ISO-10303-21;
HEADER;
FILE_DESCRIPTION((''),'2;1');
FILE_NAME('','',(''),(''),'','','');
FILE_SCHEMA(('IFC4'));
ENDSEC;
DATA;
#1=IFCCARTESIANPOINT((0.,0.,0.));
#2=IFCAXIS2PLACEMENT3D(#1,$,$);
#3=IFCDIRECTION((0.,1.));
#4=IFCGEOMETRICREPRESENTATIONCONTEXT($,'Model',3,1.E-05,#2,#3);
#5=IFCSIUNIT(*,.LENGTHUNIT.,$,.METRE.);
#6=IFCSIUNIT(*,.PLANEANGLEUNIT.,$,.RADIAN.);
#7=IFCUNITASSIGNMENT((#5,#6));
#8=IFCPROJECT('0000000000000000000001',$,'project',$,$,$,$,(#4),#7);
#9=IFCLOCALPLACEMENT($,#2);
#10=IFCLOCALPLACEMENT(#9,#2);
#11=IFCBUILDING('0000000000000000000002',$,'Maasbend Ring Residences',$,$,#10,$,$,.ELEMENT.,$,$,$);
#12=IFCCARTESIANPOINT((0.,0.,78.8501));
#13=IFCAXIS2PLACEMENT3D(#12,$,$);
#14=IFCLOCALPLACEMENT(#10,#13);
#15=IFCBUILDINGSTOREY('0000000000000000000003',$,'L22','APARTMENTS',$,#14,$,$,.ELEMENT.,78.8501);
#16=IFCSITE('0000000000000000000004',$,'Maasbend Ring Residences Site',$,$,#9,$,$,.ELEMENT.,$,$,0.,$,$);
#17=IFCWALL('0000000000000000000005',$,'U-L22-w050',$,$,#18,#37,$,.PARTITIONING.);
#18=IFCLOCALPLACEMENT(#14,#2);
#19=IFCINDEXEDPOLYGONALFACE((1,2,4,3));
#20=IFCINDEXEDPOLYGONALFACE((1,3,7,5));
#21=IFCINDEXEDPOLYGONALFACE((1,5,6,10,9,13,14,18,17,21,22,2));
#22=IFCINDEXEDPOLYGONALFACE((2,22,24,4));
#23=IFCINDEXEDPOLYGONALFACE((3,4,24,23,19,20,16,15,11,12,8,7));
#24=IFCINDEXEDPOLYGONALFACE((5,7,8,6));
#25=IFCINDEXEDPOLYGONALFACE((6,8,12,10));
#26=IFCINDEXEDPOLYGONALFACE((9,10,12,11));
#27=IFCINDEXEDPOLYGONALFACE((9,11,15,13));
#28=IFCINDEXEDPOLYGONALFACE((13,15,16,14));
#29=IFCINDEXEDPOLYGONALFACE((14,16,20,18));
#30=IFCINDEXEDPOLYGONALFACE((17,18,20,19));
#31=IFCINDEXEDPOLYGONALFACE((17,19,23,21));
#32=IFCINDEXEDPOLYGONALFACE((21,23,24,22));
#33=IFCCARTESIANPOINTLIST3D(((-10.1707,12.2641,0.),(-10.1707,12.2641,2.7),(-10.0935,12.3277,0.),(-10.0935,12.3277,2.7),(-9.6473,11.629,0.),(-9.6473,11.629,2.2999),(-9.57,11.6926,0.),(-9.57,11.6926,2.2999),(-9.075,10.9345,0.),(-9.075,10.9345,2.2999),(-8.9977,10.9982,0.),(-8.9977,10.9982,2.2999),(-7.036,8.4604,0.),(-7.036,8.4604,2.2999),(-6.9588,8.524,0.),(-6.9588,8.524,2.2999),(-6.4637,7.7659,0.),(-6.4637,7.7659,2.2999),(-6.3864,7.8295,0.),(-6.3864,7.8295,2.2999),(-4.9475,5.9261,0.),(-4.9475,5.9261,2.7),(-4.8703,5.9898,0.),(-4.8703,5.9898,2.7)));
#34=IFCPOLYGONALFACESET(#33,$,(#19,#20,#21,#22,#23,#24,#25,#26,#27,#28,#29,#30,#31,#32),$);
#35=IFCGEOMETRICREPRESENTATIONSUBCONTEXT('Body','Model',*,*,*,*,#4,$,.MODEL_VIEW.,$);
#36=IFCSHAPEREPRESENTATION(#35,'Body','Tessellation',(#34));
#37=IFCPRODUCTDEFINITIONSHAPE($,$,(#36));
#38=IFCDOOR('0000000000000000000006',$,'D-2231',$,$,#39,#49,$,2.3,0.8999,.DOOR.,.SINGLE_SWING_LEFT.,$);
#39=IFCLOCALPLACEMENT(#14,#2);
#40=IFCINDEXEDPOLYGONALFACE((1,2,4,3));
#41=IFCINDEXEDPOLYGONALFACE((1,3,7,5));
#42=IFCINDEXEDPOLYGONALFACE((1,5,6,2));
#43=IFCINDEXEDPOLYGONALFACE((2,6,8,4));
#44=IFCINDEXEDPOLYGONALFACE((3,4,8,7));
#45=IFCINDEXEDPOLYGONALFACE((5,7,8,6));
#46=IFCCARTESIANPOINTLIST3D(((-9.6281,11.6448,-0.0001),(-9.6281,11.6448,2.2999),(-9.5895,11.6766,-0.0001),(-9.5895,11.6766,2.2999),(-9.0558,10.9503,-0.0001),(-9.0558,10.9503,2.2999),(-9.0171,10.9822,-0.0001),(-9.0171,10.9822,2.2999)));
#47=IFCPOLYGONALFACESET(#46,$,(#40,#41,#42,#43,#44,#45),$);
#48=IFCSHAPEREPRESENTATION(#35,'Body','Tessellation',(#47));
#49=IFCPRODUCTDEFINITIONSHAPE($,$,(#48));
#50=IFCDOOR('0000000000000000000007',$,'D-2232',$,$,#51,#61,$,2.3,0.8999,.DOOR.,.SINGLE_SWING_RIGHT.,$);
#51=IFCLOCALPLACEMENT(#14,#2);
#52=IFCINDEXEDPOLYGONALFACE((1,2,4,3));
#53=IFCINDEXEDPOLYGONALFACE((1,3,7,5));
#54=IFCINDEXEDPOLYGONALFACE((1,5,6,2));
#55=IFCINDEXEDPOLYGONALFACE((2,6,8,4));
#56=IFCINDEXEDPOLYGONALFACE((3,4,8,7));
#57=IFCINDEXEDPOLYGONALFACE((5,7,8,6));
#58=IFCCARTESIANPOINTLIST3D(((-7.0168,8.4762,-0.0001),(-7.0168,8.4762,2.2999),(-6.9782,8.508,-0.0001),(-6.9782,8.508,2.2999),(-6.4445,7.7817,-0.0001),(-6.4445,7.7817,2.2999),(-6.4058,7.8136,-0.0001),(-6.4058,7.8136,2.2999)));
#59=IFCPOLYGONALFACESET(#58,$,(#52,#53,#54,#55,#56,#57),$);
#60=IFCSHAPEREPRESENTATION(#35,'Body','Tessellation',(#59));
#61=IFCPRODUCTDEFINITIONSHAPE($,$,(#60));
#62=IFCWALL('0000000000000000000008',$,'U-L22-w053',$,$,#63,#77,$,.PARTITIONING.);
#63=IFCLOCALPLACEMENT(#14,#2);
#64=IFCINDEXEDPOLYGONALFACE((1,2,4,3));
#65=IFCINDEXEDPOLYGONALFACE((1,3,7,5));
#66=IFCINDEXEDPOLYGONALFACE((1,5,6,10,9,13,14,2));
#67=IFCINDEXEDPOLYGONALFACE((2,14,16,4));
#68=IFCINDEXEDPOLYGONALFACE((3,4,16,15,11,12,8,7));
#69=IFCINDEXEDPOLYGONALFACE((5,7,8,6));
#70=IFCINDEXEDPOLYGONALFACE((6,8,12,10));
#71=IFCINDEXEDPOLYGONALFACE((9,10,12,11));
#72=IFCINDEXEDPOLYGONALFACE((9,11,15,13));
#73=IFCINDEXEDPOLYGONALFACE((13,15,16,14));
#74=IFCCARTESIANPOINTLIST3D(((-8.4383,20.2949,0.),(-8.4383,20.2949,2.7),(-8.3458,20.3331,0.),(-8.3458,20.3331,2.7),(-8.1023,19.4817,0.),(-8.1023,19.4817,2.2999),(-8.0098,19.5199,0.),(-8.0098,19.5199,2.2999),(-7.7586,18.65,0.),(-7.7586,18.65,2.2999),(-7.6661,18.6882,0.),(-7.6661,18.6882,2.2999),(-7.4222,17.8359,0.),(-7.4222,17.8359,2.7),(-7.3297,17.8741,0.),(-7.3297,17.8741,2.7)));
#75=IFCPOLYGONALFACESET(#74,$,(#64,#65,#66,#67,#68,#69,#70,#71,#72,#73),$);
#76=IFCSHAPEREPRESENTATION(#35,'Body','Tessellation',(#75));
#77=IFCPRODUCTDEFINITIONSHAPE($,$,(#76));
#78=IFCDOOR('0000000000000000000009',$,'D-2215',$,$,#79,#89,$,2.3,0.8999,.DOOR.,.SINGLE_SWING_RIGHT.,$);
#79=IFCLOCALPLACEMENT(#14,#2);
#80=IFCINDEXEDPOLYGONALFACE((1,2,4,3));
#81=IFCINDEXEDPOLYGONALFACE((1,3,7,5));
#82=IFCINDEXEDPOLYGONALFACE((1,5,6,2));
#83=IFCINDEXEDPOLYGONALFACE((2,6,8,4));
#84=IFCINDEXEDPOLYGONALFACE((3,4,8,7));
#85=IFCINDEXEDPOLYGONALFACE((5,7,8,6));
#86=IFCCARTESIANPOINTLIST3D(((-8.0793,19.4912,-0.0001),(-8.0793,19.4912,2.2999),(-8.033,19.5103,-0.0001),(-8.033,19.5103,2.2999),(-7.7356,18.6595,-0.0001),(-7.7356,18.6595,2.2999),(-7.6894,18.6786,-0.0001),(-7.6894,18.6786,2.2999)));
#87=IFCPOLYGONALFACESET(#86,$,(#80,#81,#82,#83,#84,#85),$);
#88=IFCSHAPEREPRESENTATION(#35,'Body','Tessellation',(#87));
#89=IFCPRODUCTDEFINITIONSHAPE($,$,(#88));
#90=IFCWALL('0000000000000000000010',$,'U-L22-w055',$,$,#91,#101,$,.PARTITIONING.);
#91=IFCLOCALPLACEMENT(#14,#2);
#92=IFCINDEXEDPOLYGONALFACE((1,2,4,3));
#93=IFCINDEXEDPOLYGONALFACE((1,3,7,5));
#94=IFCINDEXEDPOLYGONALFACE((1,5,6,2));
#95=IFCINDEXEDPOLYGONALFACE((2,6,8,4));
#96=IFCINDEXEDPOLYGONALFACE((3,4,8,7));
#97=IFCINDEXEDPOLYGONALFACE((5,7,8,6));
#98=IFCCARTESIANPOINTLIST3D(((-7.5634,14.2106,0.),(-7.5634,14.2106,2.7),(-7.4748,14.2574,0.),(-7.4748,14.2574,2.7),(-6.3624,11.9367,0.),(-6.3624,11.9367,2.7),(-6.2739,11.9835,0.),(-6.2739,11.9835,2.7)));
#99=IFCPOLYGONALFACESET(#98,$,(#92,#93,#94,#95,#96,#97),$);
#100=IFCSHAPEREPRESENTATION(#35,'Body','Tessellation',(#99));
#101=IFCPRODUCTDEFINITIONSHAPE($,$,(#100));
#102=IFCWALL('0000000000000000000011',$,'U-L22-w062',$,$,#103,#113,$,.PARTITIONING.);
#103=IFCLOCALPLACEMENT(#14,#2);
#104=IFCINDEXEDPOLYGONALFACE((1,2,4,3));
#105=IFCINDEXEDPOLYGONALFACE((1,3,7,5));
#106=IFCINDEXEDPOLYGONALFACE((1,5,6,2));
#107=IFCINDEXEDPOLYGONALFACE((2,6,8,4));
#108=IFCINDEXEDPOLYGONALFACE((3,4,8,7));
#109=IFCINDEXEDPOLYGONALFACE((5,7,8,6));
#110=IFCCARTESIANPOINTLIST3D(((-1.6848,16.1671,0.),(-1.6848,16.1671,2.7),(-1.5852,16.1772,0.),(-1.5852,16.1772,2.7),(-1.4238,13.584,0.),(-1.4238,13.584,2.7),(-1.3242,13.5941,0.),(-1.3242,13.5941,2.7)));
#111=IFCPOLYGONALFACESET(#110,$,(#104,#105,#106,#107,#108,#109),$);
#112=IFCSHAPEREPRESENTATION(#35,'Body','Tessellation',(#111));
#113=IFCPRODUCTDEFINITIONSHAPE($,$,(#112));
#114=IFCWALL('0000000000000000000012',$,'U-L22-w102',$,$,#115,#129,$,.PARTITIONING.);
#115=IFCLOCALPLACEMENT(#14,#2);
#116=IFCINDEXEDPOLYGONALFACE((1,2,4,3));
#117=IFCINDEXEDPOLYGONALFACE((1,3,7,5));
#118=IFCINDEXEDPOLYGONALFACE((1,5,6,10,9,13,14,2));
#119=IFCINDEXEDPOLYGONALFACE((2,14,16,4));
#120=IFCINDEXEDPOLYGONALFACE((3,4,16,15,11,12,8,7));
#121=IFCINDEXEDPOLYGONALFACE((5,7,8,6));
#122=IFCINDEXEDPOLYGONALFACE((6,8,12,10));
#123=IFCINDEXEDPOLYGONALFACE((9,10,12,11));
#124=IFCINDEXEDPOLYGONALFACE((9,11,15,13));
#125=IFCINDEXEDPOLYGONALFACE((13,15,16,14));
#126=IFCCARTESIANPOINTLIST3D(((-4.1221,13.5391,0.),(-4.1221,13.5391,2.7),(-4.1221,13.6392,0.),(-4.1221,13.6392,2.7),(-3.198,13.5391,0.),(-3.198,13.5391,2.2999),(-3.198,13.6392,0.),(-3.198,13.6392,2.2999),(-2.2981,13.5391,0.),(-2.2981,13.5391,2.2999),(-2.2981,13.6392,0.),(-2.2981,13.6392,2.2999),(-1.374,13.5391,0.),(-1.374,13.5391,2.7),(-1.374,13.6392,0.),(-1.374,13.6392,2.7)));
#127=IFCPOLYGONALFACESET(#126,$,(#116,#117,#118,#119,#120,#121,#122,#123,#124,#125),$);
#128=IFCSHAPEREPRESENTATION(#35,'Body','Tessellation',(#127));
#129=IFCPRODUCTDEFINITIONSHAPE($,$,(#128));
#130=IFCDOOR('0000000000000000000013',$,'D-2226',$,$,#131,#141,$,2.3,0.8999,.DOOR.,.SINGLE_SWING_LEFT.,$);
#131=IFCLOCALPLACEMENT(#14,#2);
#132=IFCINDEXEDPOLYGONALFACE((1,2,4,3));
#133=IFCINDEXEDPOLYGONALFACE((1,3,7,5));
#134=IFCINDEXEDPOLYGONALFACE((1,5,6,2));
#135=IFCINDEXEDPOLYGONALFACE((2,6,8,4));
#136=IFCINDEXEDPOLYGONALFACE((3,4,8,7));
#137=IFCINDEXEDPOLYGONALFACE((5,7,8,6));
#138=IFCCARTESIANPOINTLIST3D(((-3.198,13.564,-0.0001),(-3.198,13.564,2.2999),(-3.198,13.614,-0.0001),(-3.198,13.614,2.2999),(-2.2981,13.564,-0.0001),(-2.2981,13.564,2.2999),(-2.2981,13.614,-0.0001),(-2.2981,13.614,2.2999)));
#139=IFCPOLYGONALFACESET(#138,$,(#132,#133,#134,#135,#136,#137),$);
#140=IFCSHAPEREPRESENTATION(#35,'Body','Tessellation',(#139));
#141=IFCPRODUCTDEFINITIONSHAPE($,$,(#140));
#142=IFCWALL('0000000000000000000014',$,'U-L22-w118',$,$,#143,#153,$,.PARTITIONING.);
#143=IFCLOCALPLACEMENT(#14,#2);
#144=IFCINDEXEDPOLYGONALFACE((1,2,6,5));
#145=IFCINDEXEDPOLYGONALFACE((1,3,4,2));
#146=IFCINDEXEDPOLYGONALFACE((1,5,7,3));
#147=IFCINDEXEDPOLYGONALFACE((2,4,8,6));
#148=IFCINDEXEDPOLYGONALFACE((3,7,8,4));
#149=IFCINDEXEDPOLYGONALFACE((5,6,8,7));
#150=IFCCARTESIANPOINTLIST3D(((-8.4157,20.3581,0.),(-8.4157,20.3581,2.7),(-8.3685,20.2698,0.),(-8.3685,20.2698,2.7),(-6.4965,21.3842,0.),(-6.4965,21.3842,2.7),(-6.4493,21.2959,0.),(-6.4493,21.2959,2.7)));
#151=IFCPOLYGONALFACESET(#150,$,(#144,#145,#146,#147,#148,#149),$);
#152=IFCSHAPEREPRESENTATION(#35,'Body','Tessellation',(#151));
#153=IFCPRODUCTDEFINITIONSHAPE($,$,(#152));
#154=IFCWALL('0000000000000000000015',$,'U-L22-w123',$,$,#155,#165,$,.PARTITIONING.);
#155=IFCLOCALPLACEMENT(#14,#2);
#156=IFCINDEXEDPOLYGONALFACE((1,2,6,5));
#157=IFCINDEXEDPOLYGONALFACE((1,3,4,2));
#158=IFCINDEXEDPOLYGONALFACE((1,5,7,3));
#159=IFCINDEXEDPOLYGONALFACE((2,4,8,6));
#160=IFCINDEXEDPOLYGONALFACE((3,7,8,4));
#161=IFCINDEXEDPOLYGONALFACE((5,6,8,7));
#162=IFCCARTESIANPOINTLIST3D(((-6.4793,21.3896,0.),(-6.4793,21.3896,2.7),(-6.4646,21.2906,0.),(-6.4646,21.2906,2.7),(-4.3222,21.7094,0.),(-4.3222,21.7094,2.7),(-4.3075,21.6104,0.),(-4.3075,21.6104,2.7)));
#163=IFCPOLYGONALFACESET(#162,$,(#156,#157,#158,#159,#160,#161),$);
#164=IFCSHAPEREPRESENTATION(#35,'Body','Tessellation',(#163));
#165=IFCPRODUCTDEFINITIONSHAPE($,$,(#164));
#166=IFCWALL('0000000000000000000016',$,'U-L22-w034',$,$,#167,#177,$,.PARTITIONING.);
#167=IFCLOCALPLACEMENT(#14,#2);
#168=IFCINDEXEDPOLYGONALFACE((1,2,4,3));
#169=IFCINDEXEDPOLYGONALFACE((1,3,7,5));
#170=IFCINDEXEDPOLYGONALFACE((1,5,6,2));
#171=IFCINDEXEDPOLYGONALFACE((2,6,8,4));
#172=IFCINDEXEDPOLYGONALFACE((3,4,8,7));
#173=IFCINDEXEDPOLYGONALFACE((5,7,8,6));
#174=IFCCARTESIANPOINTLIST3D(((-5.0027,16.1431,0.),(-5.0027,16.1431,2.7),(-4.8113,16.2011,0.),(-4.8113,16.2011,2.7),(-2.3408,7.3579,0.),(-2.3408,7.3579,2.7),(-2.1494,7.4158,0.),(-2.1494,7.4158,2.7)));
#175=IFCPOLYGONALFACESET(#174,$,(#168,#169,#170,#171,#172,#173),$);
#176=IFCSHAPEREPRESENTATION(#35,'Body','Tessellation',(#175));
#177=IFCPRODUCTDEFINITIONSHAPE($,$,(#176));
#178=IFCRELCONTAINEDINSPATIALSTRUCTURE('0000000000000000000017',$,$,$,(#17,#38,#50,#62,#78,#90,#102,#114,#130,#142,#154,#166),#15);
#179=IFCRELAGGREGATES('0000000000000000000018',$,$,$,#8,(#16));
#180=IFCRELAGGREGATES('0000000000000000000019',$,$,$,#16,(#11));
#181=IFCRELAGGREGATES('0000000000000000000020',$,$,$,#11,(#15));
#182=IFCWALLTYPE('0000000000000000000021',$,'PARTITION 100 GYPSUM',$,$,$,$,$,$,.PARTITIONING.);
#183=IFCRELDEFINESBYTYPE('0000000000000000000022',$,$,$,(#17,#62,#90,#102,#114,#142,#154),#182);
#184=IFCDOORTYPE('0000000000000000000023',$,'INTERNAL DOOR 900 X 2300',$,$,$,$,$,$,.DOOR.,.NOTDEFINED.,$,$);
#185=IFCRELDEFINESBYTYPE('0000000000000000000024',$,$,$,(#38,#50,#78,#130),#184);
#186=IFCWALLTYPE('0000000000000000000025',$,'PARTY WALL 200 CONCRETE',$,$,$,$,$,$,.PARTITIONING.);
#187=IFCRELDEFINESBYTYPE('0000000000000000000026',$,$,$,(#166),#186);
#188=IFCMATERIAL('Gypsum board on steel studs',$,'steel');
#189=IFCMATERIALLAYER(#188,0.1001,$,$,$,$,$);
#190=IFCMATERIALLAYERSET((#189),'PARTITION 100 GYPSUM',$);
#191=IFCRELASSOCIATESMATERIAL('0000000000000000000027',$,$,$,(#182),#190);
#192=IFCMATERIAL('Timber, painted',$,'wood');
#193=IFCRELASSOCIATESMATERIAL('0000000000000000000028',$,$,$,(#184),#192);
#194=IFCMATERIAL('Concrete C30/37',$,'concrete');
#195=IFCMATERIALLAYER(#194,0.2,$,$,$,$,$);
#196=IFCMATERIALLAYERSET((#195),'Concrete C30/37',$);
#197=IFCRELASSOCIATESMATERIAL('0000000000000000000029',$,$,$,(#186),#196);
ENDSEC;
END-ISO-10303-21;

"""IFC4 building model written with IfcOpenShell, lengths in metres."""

from ifc_helpers import new_model, si_unit, direction, frame, frame_2d, origin, place, context, subcontext, project, spatial, rectangle, extrude, material, layer, layer_set, type_object, element, fill, save


model = new_model("IFC4")

# Units and contexts
model_context = context("Model", 3, precision=1e-05, world=origin(), true_north=direction((0.0, 1.0)))
body_context = subcontext(model_context, "Body", "Model", "MODEL_VIEW")
ifc_project = project(units=[si_unit("LENGTHUNIT", "METRE"), si_unit("PLANEANGLEUNIT", "RADIAN")], contexts=[model_context])

# Site, building, storey
site_placement = place(None, origin())
site = spatial("IfcSite", under=ifc_project, at=site_placement, Name="Maasbend Ring Residences Site", CompositionType="ELEMENT", RefElevation=0.0)
building_placement = place(site_placement, origin())
building = spatial("IfcBuilding", under=site, at=building_placement, Name="Maasbend Ring Residences", CompositionType="ELEMENT")
storey_placement = place(building_placement, frame((0.0, 0.0, 78.8501)))
storey = spatial("IfcBuildingStorey", under=building, at=storey_placement, Name="L22", Description="APARTMENTS", CompositionType="ELEMENT", Elevation=78.8501)

# Wall, openings, doors
ifc_material_1 = material(Name="Gypsum board on steel studs", Category="steel")
ifc_layer_1 = layer(ifc_material_1, 0.1001)
ifc_layer_set_1 = layer_set([ifc_layer_1], Name="PARTITION 100 GYPSUM")
wall_type_1 = type_object("IfcWallType", Name="PARTITION 100 GYPSUM", PredefinedType="PARTITIONING", material=ifc_layer_set_1)
wall_1_placement = place(storey_placement, frame((-10.1321, 12.2959, 0.0), z_axis=(0.0, 0.0, 1.0), x_axis=(0.635976, -0.771709, 0.0)))
wall_1 = element("IfcWall", 1, at=wall_1_placement, inside=storey, type_object=wall_type_1, Name="U-L22-w050", PredefinedType="PARTITIONING", context=body_context, shape_type="SweptSolid", body=[
    extrude(rectangle(XDim=8.2129, YDim=0.1001, at=frame_2d((4.1064, 0.0))), origin(), (0.0, 0.0, 1.0), 2.7),
])
opening_1_placement = place(wall_1_placement, frame((0.823, 0.0, 0.0)))
opening_1 = element("IfcOpeningElement", 2, at=opening_1_placement, cuts=wall_1, PredefinedType="OPENING", context=body_context, shape_type="SweptSolid", body=[
    extrude(rectangle(XDim=0.8999, YDim=2.3, at=frame_2d((0.45, 1.1499))), frame((0.0, 0.0601, 0.0), z_axis=(0.0, -1.0, 0.0), x_axis=(1.0, 0.0, 0.0)), (0.0, 0.0, 1.0), 0.1201),
])
opening_2_placement = place(wall_1_placement, frame((4.929, 0.0, 0.0)))
opening_2 = element("IfcOpeningElement", 3, at=opening_2_placement, cuts=wall_1, PredefinedType="OPENING", context=body_context, shape_type="SweptSolid", body=[
    extrude(rectangle(XDim=0.8999, YDim=2.3, at=frame_2d((0.45, 1.1499))), frame((0.0, 0.0601, 0.0), z_axis=(0.0, -1.0, 0.0), x_axis=(1.0, 0.0, 0.0)), (0.0, 0.0, 1.0), 0.1201),
])
ifc_material_2 = material(Name="Timber, painted", Category="wood")
door_type_1 = type_object("IfcDoorType", Name="INTERNAL DOOR 900 X 2300", OperationType="NOTDEFINED", PredefinedType="DOOR", material=ifc_material_2)
door_1_placement = place(opening_1_placement, origin())
door_1 = element("IfcDoor", 4, at=door_1_placement, inside=storey, type_object=door_type_1, Name="D-2231", OperationType="SINGLE_SWING_LEFT", OverallHeight=2.3, OverallWidth=0.8999, PredefinedType="DOOR", context=body_context, shape_type="SweptSolid", body=[
    extrude(rectangle(XDim=0.8999, YDim=2.3, at=frame_2d((0.45, 1.1499))), frame((0.0, 0.0249, 0.0), z_axis=(0.0, -1.0, 0.0), x_axis=(1.0, 0.0, 0.0)), (0.0, 0.0, 1.0), 0.05),
])
fill(opening_1, door_1)
door_2_placement = place(opening_2_placement, origin())
door_2 = element("IfcDoor", 5, at=door_2_placement, inside=storey, type_object=door_type_1, Name="D-2232", OperationType="SINGLE_SWING_RIGHT", OverallHeight=2.3, OverallWidth=0.8999, PredefinedType="DOOR", context=body_context, shape_type="SweptSolid", body=[
    extrude(rectangle(XDim=0.8999, YDim=2.3, at=frame_2d((0.45, 1.1499))), frame((0.0, 0.0249, 0.0), z_axis=(0.0, -1.0, 0.0), x_axis=(1.0, 0.0, 0.0)), (0.0, 0.0, 1.0), 0.05),
])
fill(opening_2, door_2)

# Wall, opening, door
wall_2_placement = place(storey_placement, frame((-8.3921, 20.314, 0.0), z_axis=(0.0, 0.0, 1.0), x_axis=(0.381903, -0.924202, 0.0)))
wall_2 = element("IfcWall", 6, at=wall_2_placement, inside=storey, type_object=wall_type_1, Name="U-L22-w053", PredefinedType="PARTITIONING", context=body_context, shape_type="SweptSolid", body=[
    extrude(rectangle(XDim=2.6606, YDim=0.1001, at=frame_2d((1.3303, 0.0))), origin(), (0.0, 0.0, 1.0), 2.7),
])
opening_3_placement = place(wall_2_placement, frame((0.8799, 0.0, 0.0)))
opening_3 = element("IfcOpeningElement", 7, at=opening_3_placement, cuts=wall_2, PredefinedType="OPENING", context=body_context, shape_type="SweptSolid", body=[
    extrude(rectangle(XDim=0.8999, YDim=2.3, at=frame_2d((0.45, 1.1499))), frame((0.0, 0.0601, 0.0), z_axis=(0.0, -1.0, 0.0), x_axis=(1.0, 0.0, 0.0)), (0.0, 0.0, 1.0), 0.1201),
])
door_3_placement = place(opening_3_placement, origin())
door_3 = element("IfcDoor", 8, at=door_3_placement, inside=storey, type_object=door_type_1, Name="D-2215", OperationType="SINGLE_SWING_RIGHT", OverallHeight=2.3, OverallWidth=0.8999, PredefinedType="DOOR", context=body_context, shape_type="SweptSolid", body=[
    extrude(rectangle(XDim=0.8999, YDim=2.3, at=frame_2d((0.45, 1.1499))), frame((0.0, 0.0249, 0.0), z_axis=(0.0, -1.0, 0.0), x_axis=(1.0, 0.0, 0.0)), (0.0, 0.0, 1.0), 0.05),
])
fill(opening_3, door_3)

# Walls
wall_3_placement = place(storey_placement, frame((-7.519, 14.2339, 0.0), z_axis=(0.0, 0.0, 1.0), x_axis=(0.467002, -0.884256, 0.0)))
element("IfcWall", 9, at=wall_3_placement, inside=storey, type_object=wall_type_1, Name="U-L22-w055", PredefinedType="PARTITIONING", context=body_context, shape_type="SweptSolid", body=[
    extrude(rectangle(XDim=2.5715, YDim=0.1001, at=frame_2d((1.2856, 0.0))), origin(), (0.0, 0.0, 1.0), 2.7),
])
wall_4_placement = place(storey_placement, frame((-1.635, 16.1721, 0.0), z_axis=(0.0, 0.0, 1.0), x_axis=(0.100528, -0.994934, 0.0)))
element("IfcWall", 10, at=wall_4_placement, inside=storey, type_object=wall_type_1, Name="U-L22-w062", PredefinedType="PARTITIONING", context=body_context, shape_type="SweptSolid", body=[
    extrude(rectangle(XDim=2.5962, YDim=0.1001, at=frame_2d((1.2981, 0.0))), origin(), (0.0, 0.0, 1.0), 2.7),
])

# Wall, opening, door
wall_5_placement = place(storey_placement, frame((-4.1221, 13.5891, 0.0), z_axis=(0.0, 0.0, 1.0), x_axis=(1.0, 0.0, 0.0)))
wall_5 = element("IfcWall", 11, at=wall_5_placement, inside=storey, type_object=wall_type_1, Name="U-L22-w102", PredefinedType="PARTITIONING", context=body_context, shape_type="SweptSolid", body=[
    extrude(rectangle(XDim=2.748, YDim=0.1001, at=frame_2d((1.374, 0.0))), origin(), (0.0, 0.0, 1.0), 2.7),
])
opening_4_placement = place(wall_5_placement, frame((0.9241, 0.0, 0.0)))
opening_4 = element("IfcOpeningElement", 12, at=opening_4_placement, cuts=wall_5, PredefinedType="OPENING", context=body_context, shape_type="SweptSolid", body=[
    extrude(rectangle(XDim=0.8999, YDim=2.3, at=frame_2d((0.45, 1.1499))), frame((0.0, 0.0601, 0.0), z_axis=(0.0, -1.0, 0.0), x_axis=(1.0, 0.0, 0.0)), (0.0, 0.0, 1.0), 0.1201),
])
door_4_placement = place(opening_4_placement, origin())
door_4 = element("IfcDoor", 13, at=door_4_placement, inside=storey, type_object=door_type_1, Name="D-2226", OperationType="SINGLE_SWING_LEFT", OverallHeight=2.3, OverallWidth=0.8999, PredefinedType="DOOR", context=body_context, shape_type="SweptSolid", body=[
    extrude(rectangle(XDim=0.8999, YDim=2.3, at=frame_2d((0.45, 1.1499))), frame((0.0, 0.0249, 0.0), z_axis=(0.0, -1.0, 0.0), x_axis=(1.0, 0.0, 0.0)), (0.0, 0.0, 1.0), 0.05),
])
fill(opening_4, door_4)

# Walls
wall_6_placement = place(storey_placement, frame((-8.3921, 20.314, 0.0), z_axis=(0.0, 0.0, 1.0), x_axis=(0.881865, 0.471502, 0.0)))
element("IfcWall", 14, at=wall_6_placement, inside=storey, type_object=wall_type_1, Name="U-L22-w118", PredefinedType="PARTITIONING", context=body_context, shape_type="SweptSolid", body=[
    extrude(rectangle(XDim=2.1763, YDim=0.1001, at=frame_2d((1.0881, 0.0))), origin(), (0.0, 0.0, 1.0), 2.7),
])
wall_7_placement = place(storey_placement, frame((-6.4719, 21.3401, 0.0), z_axis=(0.0, 0.0, 1.0), x_axis=(0.989185, 0.14667, 0.0)))
element("IfcWall", 15, at=wall_7_placement, inside=storey, type_object=wall_type_1, Name="U-L22-w123", PredefinedType="PARTITIONING", context=body_context, shape_type="SweptSolid", body=[
    extrude(rectangle(XDim=2.1807, YDim=0.1001, at=frame_2d((1.0903, 0.0))), origin(), (0.0, 0.0, 1.0), 2.7),
])
ifc_material_3 = material(Name="Concrete C30/37", Category="concrete")
ifc_layer_2 = layer(ifc_material_3, 0.2)
ifc_layer_set_2 = layer_set([ifc_layer_2], Name="Concrete C30/37")
wall_type_2 = type_object("IfcWallType", Name="PARTY WALL 200 CONCRETE", PredefinedType="PARTITIONING", material=ifc_layer_set_2)
wall_8_placement = place(storey_placement, frame((-4.907, 16.1721, 0.0), z_axis=(0.0, 0.0, 1.0), x_axis=(0.289977, -0.957034, 0.0)))
element("IfcWall", 16, at=wall_8_placement, inside=storey, type_object=wall_type_2, Name="U-L22-w034", PredefinedType="PARTITIONING", context=body_context, shape_type="SweptSolid", body=[
    extrude(rectangle(XDim=9.1797, YDim=0.2, at=frame_2d((4.5898, 0.0))), origin(), (0.0, 0.0, 1.0), 2.7),
])

save(model, "model.ifc")
